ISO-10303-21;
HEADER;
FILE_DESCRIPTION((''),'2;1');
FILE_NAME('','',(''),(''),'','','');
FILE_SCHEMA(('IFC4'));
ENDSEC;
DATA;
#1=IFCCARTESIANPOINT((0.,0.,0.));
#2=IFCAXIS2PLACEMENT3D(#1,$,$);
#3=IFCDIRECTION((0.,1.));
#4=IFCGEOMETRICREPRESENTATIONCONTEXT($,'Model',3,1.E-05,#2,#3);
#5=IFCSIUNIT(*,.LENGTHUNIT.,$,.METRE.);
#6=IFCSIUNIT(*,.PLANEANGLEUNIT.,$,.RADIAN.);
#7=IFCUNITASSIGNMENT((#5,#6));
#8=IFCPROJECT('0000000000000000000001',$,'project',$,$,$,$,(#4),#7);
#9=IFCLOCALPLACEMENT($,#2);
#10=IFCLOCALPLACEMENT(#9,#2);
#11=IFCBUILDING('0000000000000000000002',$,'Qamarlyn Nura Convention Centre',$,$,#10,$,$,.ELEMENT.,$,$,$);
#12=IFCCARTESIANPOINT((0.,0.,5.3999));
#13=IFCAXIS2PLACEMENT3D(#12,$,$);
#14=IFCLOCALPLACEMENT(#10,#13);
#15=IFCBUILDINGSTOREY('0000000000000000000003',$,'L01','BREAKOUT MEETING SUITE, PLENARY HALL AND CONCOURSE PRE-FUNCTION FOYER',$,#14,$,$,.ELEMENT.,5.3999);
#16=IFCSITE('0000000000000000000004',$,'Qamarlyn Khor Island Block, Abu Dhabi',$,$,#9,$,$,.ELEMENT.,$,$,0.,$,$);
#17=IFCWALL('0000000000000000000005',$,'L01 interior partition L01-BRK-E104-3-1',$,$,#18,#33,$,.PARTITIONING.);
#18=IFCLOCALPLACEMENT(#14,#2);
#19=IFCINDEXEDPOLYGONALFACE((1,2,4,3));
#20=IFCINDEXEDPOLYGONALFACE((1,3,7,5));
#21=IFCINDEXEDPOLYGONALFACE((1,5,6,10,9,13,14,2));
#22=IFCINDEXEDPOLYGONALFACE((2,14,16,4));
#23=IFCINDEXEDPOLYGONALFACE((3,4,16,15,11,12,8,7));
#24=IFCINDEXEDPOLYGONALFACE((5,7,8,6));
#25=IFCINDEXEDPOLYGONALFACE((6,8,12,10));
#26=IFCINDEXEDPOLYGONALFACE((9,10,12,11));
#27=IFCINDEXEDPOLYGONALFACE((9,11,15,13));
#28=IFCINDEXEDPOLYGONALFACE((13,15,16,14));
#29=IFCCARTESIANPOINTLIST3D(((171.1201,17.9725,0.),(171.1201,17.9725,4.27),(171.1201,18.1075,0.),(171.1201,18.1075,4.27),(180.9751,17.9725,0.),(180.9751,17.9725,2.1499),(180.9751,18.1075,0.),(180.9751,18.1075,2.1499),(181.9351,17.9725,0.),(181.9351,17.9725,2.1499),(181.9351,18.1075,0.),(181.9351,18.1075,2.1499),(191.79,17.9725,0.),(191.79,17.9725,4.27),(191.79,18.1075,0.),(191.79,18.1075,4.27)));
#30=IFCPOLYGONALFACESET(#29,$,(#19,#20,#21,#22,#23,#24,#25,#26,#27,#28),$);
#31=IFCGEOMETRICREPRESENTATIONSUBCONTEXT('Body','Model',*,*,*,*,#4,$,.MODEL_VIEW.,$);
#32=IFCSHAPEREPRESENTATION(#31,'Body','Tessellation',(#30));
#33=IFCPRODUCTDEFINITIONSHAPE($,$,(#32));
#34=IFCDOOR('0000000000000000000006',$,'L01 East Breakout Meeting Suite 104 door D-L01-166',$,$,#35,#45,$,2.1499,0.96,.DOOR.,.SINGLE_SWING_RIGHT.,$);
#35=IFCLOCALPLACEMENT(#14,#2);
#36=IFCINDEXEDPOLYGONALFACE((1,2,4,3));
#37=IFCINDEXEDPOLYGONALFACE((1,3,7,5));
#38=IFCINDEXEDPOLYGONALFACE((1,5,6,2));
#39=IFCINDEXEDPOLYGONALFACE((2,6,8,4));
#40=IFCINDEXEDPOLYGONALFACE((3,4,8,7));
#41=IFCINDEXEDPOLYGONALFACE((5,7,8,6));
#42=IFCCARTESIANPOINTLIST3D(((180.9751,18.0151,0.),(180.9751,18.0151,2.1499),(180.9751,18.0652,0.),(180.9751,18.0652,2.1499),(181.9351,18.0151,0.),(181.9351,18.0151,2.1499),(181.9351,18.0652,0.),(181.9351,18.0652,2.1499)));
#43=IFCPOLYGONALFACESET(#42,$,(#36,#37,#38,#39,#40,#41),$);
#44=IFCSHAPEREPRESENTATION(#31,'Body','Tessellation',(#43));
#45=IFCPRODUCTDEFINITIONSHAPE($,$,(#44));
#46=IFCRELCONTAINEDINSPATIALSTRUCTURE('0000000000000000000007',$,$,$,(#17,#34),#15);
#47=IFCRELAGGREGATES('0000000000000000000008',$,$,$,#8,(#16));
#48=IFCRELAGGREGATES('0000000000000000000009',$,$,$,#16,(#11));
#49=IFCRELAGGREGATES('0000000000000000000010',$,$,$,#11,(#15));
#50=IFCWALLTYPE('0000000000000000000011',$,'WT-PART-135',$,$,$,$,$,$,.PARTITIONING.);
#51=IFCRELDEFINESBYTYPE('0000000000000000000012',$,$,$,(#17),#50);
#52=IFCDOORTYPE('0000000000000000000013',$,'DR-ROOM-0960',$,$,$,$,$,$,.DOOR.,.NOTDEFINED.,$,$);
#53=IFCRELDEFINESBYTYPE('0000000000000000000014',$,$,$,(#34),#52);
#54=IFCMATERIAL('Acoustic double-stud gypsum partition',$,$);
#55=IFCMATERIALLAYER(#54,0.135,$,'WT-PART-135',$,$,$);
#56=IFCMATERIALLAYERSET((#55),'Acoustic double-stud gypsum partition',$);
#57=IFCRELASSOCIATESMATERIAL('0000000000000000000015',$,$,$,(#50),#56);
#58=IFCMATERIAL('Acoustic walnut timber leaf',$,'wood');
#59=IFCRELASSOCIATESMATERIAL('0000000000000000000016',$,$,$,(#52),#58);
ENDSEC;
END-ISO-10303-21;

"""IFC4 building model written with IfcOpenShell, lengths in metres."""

from ifc_helpers import new_model, si_unit, direction, frame, frame_2d, origin, place, context, subcontext, project, spatial, rectangle, extrude, material, layer, layer_set, type_object, element, fill, save


model = new_model("IFC4")

# Units and contexts
model_context = context("Model", 3, precision=1e-05, world=origin(), true_north=direction((0.0, 1.0)))
body_context = subcontext(model_context, "Body", "Model", "MODEL_VIEW")
ifc_project = project(units=[si_unit("LENGTHUNIT", "METRE"), si_unit("PLANEANGLEUNIT", "RADIAN")], contexts=[model_context])

# Site, building, storey
site_placement = place(None, origin())
site = spatial("IfcSite", under=ifc_project, at=site_placement, Name="Qamarlyn Khor Island Block, Abu Dhabi", CompositionType="ELEMENT", RefElevation=0.0)
building_placement = place(site_placement, origin())
building = spatial("IfcBuilding", under=site, at=building_placement, Name="Qamarlyn Nura Convention Centre", CompositionType="ELEMENT")
storey_placement = place(building_placement, frame((0.0, 0.0, 5.3999)))
storey = spatial("IfcBuildingStorey", under=building, at=storey_placement, Name="L01", Description="BREAKOUT MEETING SUITE, PLENARY HALL AND CONCOURSE PRE-FUNCTION FOYER", CompositionType="ELEMENT", Elevation=5.3999)

# Wall, opening, door
ifc_material_1 = material(Name="Acoustic double-stud gypsum partition")
ifc_layer_1 = layer(ifc_material_1, 0.135, Name="WT-PART-135")
ifc_layer_set_1 = layer_set([ifc_layer_1], Name="Acoustic double-stud gypsum partition")
wall_type = type_object("IfcWallType", Name="WT-PART-135", PredefinedType="PARTITIONING", material=ifc_layer_set_1)
wall_placement = place(storey_placement, frame((191.79, 18.04, 0.0), z_axis=(0.0, 0.0, 1.0), x_axis=(-1.0, 0.0, 0.0)))
wall = element("IfcWall", 1, at=wall_placement, inside=storey, type_object=wall_type, Name="L01 interior partition L01-BRK-E104-3-1", PredefinedType="PARTITIONING", context=body_context, shape_type="SweptSolid", body=[
    extrude(rectangle(XDim=20.6699, YDim=0.135, at=frame_2d((10.335, 0.0))), origin(), (0.0, 0.0, 1.0), 4.27),
])
opening_placement = place(wall_placement, frame((9.855, 0.0, 0.0)))
opening = element("IfcOpeningElement", 2, at=opening_placement, cuts=wall, PredefinedType="OPENING", context=body_context, shape_type="SweptSolid", body=[
    extrude(rectangle(XDim=0.96, YDim=2.1499, at=frame_2d((0.48, 1.075))), frame((0.0, 0.0776, 0.0), z_axis=(0.0, -1.0, 0.0), x_axis=(1.0, 0.0, 0.0)), (0.0, 0.0, 1.0), 0.155),
])
ifc_material_2 = material(Name="Acoustic walnut timber leaf", Category="wood")
door_type = type_object("IfcDoorType", Name="DR-ROOM-0960", OperationType="NOTDEFINED", PredefinedType="DOOR", material=ifc_material_2)
door_placement = place(opening_placement, origin())
door = element("IfcDoor", 3, at=door_placement, inside=storey, type_object=door_type, Name="L01 East Breakout Meeting Suite 104 door D-L01-166", OperationType="SINGLE_SWING_RIGHT", OverallHeight=2.1499, OverallWidth=0.96, PredefinedType="DOOR", context=body_context, shape_type="SweptSolid", body=[
    extrude(rectangle(XDim=0.96, YDim=2.1499, at=frame_2d((0.48, 1.075))), frame((0.0, 0.0249, 0.0), z_axis=(0.0, -1.0, 0.0), x_axis=(1.0, 0.0, 0.0)), (0.0, 0.0, 1.0), 0.05),
])
fill(opening, door)

save(model, "model.ifc")
